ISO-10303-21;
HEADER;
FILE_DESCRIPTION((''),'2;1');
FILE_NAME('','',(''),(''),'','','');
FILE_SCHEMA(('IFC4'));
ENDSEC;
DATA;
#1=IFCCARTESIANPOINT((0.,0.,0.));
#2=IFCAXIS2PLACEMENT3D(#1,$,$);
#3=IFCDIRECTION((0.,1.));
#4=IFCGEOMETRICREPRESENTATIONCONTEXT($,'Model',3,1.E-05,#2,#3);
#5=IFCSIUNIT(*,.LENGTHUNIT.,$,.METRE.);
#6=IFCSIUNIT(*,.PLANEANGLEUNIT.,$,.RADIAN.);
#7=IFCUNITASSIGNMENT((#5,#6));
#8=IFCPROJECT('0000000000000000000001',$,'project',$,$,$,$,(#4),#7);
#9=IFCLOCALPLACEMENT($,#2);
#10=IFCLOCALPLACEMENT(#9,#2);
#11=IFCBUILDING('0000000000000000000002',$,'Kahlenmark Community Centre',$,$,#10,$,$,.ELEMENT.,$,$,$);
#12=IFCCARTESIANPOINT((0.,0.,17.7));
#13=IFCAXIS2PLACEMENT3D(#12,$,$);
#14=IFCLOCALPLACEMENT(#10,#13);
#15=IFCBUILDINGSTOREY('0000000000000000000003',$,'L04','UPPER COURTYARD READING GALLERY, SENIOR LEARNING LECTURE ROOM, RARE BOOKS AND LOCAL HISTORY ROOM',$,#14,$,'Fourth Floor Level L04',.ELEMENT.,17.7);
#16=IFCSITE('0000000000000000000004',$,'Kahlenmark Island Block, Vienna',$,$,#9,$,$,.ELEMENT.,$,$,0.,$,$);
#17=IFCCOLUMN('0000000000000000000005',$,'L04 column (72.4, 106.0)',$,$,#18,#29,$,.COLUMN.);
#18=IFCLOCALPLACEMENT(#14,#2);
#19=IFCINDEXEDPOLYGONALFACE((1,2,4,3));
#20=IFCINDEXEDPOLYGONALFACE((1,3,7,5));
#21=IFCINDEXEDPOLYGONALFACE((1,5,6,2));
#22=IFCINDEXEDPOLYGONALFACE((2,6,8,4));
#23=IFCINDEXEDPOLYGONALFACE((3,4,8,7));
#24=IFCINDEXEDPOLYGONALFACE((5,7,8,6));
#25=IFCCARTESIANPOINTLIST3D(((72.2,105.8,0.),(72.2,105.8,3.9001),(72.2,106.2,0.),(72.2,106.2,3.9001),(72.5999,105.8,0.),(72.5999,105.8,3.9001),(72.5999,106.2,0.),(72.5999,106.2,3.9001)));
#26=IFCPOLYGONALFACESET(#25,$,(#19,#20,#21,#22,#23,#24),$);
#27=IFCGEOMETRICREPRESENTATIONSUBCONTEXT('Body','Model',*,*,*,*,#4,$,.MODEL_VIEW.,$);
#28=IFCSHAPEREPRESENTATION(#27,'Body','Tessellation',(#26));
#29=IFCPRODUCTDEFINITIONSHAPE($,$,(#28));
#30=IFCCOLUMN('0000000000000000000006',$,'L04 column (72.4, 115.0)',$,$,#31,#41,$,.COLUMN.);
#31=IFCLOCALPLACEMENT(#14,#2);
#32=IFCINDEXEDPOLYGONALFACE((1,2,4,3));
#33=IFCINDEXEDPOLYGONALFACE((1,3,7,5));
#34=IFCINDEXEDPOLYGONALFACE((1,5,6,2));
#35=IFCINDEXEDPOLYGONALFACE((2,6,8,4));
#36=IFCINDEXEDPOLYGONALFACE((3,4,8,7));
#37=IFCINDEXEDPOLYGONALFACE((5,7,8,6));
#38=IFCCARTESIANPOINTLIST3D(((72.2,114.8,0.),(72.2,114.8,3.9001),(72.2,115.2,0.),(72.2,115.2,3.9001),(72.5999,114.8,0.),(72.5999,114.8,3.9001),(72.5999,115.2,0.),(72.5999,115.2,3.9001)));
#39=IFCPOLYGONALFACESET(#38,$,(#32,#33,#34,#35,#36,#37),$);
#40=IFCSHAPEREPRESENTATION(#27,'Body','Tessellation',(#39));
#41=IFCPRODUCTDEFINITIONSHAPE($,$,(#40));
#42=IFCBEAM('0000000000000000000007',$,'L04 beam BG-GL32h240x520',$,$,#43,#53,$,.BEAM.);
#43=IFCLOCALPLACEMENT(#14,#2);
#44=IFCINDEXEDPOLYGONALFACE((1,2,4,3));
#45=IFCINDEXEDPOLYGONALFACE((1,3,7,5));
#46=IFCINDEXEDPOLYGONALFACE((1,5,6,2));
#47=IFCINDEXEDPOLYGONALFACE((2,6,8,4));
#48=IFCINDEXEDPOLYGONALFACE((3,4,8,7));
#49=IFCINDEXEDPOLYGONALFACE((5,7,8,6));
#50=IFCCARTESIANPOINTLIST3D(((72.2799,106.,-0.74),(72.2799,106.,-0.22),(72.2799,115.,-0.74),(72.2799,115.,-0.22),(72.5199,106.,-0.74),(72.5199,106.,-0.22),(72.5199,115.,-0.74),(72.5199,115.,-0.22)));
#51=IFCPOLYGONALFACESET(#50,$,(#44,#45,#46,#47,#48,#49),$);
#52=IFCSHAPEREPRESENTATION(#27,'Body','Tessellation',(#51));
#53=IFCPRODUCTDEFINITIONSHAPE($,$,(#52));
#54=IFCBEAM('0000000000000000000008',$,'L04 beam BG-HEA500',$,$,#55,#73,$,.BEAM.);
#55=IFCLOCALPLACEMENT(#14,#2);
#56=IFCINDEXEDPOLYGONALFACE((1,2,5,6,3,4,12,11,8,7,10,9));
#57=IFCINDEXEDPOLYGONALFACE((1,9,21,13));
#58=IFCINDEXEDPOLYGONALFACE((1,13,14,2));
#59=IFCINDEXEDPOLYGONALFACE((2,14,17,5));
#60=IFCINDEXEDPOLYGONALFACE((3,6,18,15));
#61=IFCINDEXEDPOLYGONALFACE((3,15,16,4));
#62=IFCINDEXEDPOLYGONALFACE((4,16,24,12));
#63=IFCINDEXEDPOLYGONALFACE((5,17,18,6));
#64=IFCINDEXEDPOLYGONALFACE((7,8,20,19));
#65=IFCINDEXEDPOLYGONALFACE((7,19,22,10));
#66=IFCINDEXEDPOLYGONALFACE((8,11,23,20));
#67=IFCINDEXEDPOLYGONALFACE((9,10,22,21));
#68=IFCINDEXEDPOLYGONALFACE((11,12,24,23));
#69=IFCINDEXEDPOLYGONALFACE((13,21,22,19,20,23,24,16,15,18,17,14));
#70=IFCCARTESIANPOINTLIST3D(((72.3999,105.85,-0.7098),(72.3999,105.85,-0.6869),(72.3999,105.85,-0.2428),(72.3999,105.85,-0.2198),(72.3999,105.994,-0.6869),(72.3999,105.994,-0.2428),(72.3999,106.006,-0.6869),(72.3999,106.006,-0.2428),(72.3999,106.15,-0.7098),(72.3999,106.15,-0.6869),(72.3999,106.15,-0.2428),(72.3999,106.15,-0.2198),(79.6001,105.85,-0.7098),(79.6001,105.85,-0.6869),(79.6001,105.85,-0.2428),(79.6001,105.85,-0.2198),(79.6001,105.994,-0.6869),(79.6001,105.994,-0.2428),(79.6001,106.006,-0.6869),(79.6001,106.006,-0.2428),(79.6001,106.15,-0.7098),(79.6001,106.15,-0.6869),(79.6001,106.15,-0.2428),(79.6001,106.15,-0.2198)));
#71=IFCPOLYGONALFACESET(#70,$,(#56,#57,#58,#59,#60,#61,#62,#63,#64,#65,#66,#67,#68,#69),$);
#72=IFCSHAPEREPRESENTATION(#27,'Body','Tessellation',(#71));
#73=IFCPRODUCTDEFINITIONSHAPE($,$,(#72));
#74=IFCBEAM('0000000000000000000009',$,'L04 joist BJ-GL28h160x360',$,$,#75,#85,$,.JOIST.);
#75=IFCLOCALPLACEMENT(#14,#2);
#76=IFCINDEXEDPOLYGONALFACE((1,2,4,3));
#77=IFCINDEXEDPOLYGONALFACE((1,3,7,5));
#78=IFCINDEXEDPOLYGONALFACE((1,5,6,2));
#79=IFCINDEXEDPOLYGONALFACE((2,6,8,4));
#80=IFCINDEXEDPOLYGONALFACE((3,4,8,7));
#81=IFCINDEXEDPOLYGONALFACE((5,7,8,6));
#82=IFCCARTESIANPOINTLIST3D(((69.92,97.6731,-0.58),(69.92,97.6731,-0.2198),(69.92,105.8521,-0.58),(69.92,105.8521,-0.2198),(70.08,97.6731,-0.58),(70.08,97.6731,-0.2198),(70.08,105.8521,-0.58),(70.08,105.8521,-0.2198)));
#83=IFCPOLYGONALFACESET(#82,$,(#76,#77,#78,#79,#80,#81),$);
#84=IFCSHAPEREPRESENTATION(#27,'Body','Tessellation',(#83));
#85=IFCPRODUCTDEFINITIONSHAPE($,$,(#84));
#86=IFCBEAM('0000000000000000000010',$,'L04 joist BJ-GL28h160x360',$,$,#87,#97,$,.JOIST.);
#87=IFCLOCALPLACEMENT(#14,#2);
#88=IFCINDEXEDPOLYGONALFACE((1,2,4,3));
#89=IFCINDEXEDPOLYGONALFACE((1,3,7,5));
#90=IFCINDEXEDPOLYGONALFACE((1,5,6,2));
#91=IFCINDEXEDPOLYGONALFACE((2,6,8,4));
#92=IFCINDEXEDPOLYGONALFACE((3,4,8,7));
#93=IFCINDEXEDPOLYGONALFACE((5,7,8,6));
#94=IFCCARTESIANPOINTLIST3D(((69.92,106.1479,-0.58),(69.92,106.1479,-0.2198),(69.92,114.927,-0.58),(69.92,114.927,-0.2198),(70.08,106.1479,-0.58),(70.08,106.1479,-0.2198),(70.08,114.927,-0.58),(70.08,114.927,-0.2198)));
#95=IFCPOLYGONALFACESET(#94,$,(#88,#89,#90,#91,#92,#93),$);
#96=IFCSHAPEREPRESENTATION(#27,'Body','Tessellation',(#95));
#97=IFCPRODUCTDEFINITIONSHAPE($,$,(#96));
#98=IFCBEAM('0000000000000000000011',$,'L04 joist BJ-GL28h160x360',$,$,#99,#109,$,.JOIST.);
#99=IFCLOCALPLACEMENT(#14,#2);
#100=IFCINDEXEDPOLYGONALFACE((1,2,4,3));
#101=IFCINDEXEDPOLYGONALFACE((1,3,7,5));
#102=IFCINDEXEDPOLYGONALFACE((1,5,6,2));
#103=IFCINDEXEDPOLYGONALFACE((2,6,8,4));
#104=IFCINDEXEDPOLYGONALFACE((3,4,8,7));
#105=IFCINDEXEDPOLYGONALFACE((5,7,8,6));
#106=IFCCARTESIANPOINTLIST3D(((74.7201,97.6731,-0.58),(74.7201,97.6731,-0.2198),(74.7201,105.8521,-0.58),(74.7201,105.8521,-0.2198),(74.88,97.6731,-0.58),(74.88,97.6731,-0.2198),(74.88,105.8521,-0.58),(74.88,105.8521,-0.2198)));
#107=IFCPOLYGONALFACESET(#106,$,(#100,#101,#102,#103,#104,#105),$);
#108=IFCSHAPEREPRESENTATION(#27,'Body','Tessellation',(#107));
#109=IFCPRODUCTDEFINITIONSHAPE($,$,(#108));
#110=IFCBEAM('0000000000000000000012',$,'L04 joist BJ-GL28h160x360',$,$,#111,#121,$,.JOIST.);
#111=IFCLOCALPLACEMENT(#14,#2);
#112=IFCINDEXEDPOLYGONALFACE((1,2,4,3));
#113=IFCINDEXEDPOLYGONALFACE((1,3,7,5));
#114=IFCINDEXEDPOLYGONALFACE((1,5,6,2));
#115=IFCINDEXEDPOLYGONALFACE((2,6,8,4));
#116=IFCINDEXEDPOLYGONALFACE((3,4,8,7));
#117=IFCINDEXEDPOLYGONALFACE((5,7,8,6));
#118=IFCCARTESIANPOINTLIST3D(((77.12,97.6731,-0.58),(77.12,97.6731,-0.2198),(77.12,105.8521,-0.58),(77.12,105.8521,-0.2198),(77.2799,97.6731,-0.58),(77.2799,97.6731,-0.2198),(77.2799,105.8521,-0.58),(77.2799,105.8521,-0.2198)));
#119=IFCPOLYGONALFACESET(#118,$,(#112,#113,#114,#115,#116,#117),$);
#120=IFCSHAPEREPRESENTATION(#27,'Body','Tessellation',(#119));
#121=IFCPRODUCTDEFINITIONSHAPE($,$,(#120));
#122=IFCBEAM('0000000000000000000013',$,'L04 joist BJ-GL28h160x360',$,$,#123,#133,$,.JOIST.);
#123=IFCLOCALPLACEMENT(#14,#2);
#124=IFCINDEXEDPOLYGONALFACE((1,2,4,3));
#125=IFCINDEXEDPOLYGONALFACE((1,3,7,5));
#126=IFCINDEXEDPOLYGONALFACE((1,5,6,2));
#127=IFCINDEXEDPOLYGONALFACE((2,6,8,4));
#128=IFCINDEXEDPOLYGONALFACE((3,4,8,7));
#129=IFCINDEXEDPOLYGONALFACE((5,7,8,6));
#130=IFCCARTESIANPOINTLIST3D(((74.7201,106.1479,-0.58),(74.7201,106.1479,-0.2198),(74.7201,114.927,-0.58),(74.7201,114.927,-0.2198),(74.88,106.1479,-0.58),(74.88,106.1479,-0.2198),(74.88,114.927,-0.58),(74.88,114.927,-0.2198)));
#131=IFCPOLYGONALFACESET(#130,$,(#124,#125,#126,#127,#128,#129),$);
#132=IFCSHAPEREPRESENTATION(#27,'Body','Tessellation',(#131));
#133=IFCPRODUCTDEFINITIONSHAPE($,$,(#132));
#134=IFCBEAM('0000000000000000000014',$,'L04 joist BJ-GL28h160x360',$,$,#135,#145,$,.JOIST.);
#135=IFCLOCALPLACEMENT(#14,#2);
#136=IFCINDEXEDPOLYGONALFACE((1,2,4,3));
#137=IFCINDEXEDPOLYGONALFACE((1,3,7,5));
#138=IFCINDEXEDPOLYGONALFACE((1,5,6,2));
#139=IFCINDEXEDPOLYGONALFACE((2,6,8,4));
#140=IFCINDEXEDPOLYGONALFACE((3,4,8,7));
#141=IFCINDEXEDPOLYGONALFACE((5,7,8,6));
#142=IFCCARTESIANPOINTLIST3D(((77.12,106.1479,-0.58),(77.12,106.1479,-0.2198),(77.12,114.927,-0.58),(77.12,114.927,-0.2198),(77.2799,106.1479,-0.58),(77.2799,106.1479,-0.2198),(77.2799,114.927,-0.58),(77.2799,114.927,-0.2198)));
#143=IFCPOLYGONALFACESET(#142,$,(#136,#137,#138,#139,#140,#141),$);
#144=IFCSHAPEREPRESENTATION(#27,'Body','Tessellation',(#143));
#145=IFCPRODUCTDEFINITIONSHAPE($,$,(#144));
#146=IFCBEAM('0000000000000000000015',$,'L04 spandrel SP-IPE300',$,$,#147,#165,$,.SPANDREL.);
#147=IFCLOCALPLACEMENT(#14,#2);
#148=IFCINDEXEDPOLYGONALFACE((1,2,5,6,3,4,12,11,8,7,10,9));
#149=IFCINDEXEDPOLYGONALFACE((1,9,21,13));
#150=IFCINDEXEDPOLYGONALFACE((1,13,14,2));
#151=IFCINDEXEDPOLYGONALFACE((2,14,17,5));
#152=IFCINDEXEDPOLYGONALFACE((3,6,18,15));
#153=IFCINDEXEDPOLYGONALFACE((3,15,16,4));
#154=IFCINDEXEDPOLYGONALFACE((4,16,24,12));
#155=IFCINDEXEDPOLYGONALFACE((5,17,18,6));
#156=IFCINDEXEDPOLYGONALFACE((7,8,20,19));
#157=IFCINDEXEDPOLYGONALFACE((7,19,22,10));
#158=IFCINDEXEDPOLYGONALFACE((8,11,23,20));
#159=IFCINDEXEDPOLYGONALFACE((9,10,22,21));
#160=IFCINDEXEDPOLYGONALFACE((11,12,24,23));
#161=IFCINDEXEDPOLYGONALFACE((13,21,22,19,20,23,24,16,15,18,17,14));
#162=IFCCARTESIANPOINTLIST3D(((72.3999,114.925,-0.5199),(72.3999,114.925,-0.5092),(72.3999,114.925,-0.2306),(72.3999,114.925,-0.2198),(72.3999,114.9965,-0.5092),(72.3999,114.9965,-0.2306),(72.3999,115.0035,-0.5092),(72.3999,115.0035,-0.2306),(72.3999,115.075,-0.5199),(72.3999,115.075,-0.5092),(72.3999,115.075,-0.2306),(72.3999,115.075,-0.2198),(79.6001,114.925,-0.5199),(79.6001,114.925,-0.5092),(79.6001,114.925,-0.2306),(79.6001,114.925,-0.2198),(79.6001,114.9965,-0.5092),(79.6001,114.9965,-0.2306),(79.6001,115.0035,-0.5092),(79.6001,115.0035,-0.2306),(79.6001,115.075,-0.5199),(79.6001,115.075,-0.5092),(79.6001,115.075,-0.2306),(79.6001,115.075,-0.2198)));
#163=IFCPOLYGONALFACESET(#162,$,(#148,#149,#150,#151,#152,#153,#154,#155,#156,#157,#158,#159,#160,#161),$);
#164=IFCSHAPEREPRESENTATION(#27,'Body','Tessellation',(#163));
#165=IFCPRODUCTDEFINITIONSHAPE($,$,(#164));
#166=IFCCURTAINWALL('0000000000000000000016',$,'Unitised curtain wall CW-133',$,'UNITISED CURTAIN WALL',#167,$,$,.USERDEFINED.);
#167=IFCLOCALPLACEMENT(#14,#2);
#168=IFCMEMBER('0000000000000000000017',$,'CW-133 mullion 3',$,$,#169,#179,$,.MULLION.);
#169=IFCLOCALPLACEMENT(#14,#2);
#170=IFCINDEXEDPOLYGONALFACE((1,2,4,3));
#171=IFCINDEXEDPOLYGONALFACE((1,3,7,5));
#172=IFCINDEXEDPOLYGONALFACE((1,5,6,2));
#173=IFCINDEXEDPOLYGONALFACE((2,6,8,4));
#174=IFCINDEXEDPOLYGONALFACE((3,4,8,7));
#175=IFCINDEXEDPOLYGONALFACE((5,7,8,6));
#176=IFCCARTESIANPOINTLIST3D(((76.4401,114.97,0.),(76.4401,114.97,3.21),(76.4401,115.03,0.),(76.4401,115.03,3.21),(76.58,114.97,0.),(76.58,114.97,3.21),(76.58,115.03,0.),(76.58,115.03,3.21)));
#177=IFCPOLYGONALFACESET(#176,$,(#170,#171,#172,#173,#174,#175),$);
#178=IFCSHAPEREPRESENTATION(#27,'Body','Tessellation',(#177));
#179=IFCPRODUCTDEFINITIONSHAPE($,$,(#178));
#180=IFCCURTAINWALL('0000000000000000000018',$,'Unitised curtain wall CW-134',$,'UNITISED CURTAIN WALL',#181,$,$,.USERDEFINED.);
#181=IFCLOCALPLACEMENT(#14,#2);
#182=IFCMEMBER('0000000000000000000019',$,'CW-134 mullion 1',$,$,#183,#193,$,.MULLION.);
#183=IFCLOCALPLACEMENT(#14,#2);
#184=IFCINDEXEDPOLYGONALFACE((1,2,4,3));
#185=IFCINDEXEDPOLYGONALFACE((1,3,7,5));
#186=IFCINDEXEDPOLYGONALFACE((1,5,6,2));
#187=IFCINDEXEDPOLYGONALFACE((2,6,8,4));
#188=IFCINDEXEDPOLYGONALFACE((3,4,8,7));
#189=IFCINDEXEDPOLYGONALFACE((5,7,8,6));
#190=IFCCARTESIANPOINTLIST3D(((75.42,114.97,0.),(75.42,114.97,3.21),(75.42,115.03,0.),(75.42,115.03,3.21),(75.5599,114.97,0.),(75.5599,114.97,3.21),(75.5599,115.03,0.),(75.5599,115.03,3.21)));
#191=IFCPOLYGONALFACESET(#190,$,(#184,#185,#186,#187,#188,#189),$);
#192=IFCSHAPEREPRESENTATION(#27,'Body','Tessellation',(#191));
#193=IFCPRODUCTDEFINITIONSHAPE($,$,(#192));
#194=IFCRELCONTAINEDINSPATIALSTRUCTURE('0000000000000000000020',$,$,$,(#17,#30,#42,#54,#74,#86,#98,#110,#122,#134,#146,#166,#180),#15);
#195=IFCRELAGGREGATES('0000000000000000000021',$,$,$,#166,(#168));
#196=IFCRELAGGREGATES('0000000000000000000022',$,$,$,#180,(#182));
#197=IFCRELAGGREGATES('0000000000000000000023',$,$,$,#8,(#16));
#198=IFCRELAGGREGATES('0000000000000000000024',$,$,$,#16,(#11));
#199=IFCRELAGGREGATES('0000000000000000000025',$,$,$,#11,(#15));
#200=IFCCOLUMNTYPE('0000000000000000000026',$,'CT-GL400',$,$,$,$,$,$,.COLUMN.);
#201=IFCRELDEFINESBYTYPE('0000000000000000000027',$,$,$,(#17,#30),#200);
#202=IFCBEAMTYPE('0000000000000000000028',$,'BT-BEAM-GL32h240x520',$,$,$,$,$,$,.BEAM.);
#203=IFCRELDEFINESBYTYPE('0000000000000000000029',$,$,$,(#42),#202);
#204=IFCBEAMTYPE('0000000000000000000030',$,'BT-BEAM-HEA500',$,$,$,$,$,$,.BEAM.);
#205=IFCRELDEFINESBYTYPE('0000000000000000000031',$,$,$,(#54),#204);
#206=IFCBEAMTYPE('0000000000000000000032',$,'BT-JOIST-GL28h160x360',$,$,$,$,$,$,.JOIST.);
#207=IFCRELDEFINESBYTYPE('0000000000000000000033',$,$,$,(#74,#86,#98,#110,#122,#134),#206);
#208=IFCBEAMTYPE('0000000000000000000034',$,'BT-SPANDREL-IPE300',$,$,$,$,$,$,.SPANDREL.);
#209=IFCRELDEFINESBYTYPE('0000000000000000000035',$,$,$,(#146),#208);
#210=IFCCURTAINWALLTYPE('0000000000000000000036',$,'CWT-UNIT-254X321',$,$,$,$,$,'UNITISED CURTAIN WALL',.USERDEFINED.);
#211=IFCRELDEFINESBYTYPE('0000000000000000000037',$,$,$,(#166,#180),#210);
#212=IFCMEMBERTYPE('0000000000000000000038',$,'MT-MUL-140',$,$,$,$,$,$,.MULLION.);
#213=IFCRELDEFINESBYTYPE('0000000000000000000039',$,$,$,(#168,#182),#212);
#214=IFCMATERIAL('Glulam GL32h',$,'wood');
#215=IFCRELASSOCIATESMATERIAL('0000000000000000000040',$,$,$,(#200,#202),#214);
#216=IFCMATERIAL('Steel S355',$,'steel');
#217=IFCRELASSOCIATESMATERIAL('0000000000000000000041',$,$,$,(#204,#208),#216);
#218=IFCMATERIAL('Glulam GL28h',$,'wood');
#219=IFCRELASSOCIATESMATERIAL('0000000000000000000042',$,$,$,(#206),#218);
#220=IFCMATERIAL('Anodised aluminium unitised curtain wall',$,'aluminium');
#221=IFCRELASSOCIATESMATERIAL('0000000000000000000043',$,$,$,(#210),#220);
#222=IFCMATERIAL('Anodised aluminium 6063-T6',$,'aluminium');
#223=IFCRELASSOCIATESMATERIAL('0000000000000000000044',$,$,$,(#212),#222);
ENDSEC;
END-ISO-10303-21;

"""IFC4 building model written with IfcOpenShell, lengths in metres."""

from ifc_helpers import new_model, si_unit, direction, frame, origin, origin_2d, place, context, subcontext, project, spatial, rectangle, i_section, extrude, material, material_profile, profile_set, type_object, element, aggregate, save


model = new_model("IFC4")

# Units and contexts
model_context = context("Model", 3, precision=1e-05, world=origin(), true_north=direction((0.0, 1.0)))
body_context = subcontext(model_context, "Body", "Model", "MODEL_VIEW")
ifc_project = project(units=[si_unit("LENGTHUNIT", "METRE"), si_unit("PLANEANGLEUNIT", "RADIAN")], contexts=[model_context])

# Site, building, storey
site_placement = place(None, origin())
site = spatial("IfcSite", under=ifc_project, at=site_placement, Name="Kahlenmark Island Block, Vienna", CompositionType="ELEMENT", RefElevation=0.0)
building_placement = place(site_placement, origin())
building = spatial("IfcBuilding", under=site, at=building_placement, Name="Kahlenmark Community Centre", CompositionType="ELEMENT")
storey_placement = place(building_placement, frame((0.0, 0.0, 17.7)))
storey = spatial("IfcBuildingStorey", under=building, at=storey_placement, Name="L04", Description="UPPER COURTYARD READING GALLERY, SENIOR LEARNING LECTURE ROOM, RARE BOOKS AND LOCAL HISTORY ROOM", LongName="Fourth Floor Level L04", CompositionType="ELEMENT", Elevation=17.7)

# Columns
ifc_material_1 = material(Name="Glulam GL32h", Category="wood")
ifc_material_profile_1 = material_profile(ifc_material_1, rectangle(XDim=0.3999, YDim=0.3999, at=origin_2d()), Name="GL32h 400x400")
ifc_profile_set_1 = profile_set([ifc_material_profile_1], Name="Glulam GL32h")
column_type = type_object("IfcColumnType", Name="CT-GL400", PredefinedType="COLUMN", material=ifc_profile_set_1)
for number, where, z_axis, x_axis, name in (
    (1, (72.3999, 106.0, 0.0), (0.0, 0.0, 1.0), (1.0, 0.0, 0.0), "L04 column (72.4, 106.0)"),
    (2, (72.3999, 115.0, 0.0), (0.0, 0.0, 1.0), (1.0, 0.0, 0.0), "L04 column (72.4, 115.0)"),
):
    element("IfcColumn", number, at=place(storey_placement, frame(where, z_axis=z_axis, x_axis=x_axis)), inside=storey, type_object=column_type, Name=name, PredefinedType="COLUMN", context=body_context, shape_type="SweptSolid", body=[
        extrude(rectangle(XDim=0.3999, YDim=0.3999, at=origin_2d()), origin(), (0.0, 0.0, 1.0), 3.9001),
    ])

# Beams
ifc_material_profile_2 = material_profile(ifc_material_1, rectangle(XDim=0.24, YDim=0.52, at=origin_2d()), Name="GL32h 240x520")
ifc_profile_set_2 = profile_set([ifc_material_profile_2], Name="Glulam GL32h")
beam_type_1 = type_object("IfcBeamType", Name="BT-BEAM-GL32h240x520", PredefinedType="BEAM", material=ifc_profile_set_2)
beam_1_placement = place(storey_placement, frame((72.3999, 106.0, -0.48), z_axis=(0.0, 1.0, 0.0), x_axis=(-1.0, 0.0, 0.0)))
element("IfcBeam", 3, at=beam_1_placement, inside=storey, type_object=beam_type_1, Name="L04 beam BG-GL32h240x520", PredefinedType="BEAM", context=body_context, shape_type="SweptSolid", body=[
    extrude(rectangle(XDim=0.24, YDim=0.52, at=origin_2d()), origin(), (0.0, 0.0, 1.0), 9.0),
])
ifc_material_2 = material(Name="Steel S355", Category="steel")
ifc_material_profile_3 = material_profile(ifc_material_2, i_section(OverallWidth=0.3, OverallDepth=0.49, WebThickness=0.012, FlangeThickness=0.0229, at=origin_2d()), Name="HEA 500")
ifc_profile_set_3 = profile_set([ifc_material_profile_3], Name="Steel S355")
beam_type_2 = type_object("IfcBeamType", Name="BT-BEAM-HEA500", PredefinedType="BEAM", material=ifc_profile_set_3)
beam_2_placement = place(storey_placement, frame((72.3999, 106.0, -0.4648), z_axis=(1.0, 0.0, 0.0), x_axis=(0.0, 1.0, 0.0)))
element("IfcBeam", 4, at=beam_2_placement, inside=storey, type_object=beam_type_2, Name="L04 beam BG-HEA500", PredefinedType="BEAM", context=body_context, shape_type="SweptSolid", body=[
    extrude(i_section(OverallWidth=0.3, OverallDepth=0.49, WebThickness=0.012, FlangeThickness=0.0229, at=origin_2d()), origin(), (0.0, 0.0, 1.0), 7.2002),
])
ifc_material_3 = material(Name="Glulam GL28h", Category="wood")
ifc_material_profile_4 = material_profile(ifc_material_3, rectangle(XDim=0.1599, YDim=0.3601, at=origin_2d()), Name="GL28h 160x360")
ifc_profile_set_4 = profile_set([ifc_material_profile_4], Name="Glulam GL28h")
beam_type_3 = type_object("IfcBeamType", Name="BT-JOIST-GL28h160x360", PredefinedType="JOIST", material=ifc_profile_set_4)
beam_3_placement = place(storey_placement, frame((70.0, 97.6731, -0.3999), z_axis=(0.0, 1.0, 0.0), x_axis=(-1.0, 0.0, 0.0)))
element("IfcBeam", 5, at=beam_3_placement, inside=storey, type_object=beam_type_3, Name="L04 joist BJ-GL28h160x360", PredefinedType="JOIST", context=body_context, shape_type="SweptSolid", body=[
    extrude(rectangle(XDim=0.1599, YDim=0.3601, at=origin_2d()), origin(), (0.0, 0.0, 1.0), 8.179),
])
beam_4_placement = place(storey_placement, frame((70.0, 106.1479, -0.3999), z_axis=(0.0, 1.0, 0.0), x_axis=(-1.0, 0.0, 0.0)))
element("IfcBeam", 6, at=beam_4_placement, inside=storey, type_object=beam_type_3, Name="L04 joist BJ-GL28h160x360", PredefinedType="JOIST", context=body_context, shape_type="SweptSolid", body=[
    extrude(rectangle(XDim=0.1599, YDim=0.3601, at=origin_2d()), origin(), (0.0, 0.0, 1.0), 8.7791),
])
for number, where, z_axis, x_axis, name in (
    (7, (74.8, 97.6731, -0.3999), (0.0, 1.0, 0.0), (-1.0, 0.0, 0.0), "L04 joist BJ-GL28h160x360"),
    (8, (77.2, 97.6731, -0.3999), (0.0, 1.0, 0.0), (-1.0, 0.0, 0.0), "L04 joist BJ-GL28h160x360"),
):
    element("IfcBeam", number, at=place(storey_placement, frame(where, z_axis=z_axis, x_axis=x_axis)), inside=storey, type_object=beam_type_3, Name=name, PredefinedType="JOIST", context=body_context, shape_type="SweptSolid", body=[
        extrude(rectangle(XDim=0.1599, YDim=0.3601, at=origin_2d()), origin(), (0.0, 0.0, 1.0), 8.179),
    ])
for number, where, z_axis, x_axis, name in (
    (9, (74.8, 106.1479, -0.3999), (0.0, 1.0, 0.0), (-1.0, 0.0, 0.0), "L04 joist BJ-GL28h160x360"),
    (10, (77.2, 106.1479, -0.3999), (0.0, 1.0, 0.0), (-1.0, 0.0, 0.0), "L04 joist BJ-GL28h160x360"),
):
    element("IfcBeam", number, at=place(storey_placement, frame(where, z_axis=z_axis, x_axis=x_axis)), inside=storey, type_object=beam_type_3, Name=name, PredefinedType="JOIST", context=body_context, shape_type="SweptSolid", body=[
        extrude(rectangle(XDim=0.1599, YDim=0.3601, at=origin_2d()), origin(), (0.0, 0.0, 1.0), 8.7791),
    ])
ifc_material_profile_5 = material_profile(ifc_material_2, i_section(OverallWidth=0.1499, OverallDepth=0.3, WebThickness=0.0071, FlangeThickness=0.0107, at=origin_2d()), Name="IPE 300")
ifc_profile_set_5 = profile_set([ifc_material_profile_5], Name="Steel S355")
beam_type_4 = type_object("IfcBeamType", Name="BT-SPANDREL-IPE300", PredefinedType="SPANDREL", material=ifc_profile_set_5)
beam_5_placement = place(storey_placement, frame((72.3999, 115.0, -0.3699), z_axis=(1.0, 0.0, 0.0), x_axis=(0.0, 1.0, 0.0)))
element("IfcBeam", 11, at=beam_5_placement, inside=storey, type_object=beam_type_4, Name="L04 spandrel SP-IPE300", PredefinedType="SPANDREL", context=body_context, shape_type="SweptSolid", body=[
    extrude(i_section(OverallWidth=0.1499, OverallDepth=0.3, WebThickness=0.0071, FlangeThickness=0.0107, at=origin_2d()), origin(), (0.0, 0.0, 1.0), 7.2002),
])

# Curtain wall, member
ifc_material_4 = material(Name="Anodised aluminium unitised curtain wall", Category="aluminium")
curtain_wall_type = type_object("IfcCurtainWallType", Name="CWT-UNIT-254X321", ElementType="UNITISED CURTAIN WALL", PredefinedType="USERDEFINED", material=ifc_material_4)
curtain_wall_1_placement = place(storey_placement, origin())
curtain_wall_1 = element("IfcCurtainWall", 12, at=curtain_wall_1_placement, inside=storey, type_object=curtain_wall_type, Name="Unitised curtain wall CW-133", ObjectType="UNITISED CURTAIN WALL", PredefinedType="USERDEFINED")
ifc_material_5 = material(Name="Anodised aluminium 6063-T6", Category="aluminium")
ifc_material_profile_6 = material_profile(ifc_material_5, rectangle(XDim=0.0601, YDim=0.1399, at=origin_2d()), Name="ALU MULLION 60x140")
ifc_profile_set_6 = profile_set([ifc_material_profile_6], Name="Anodised aluminium 6063-T6")
member_type_1 = type_object("IfcMemberType", Name="MT-MUL-140", PredefinedType="MULLION", material=ifc_profile_set_6)
member_1_placement = place(storey_placement, frame((76.51, 115.0, 0.0), z_axis=(0.0, 0.0, 1.0), x_axis=(0.0, -1.0, 0.0)))
member_1 = element("IfcMember", 13, at=member_1_placement, type_object=member_type_1, Name="CW-133 mullion 3", PredefinedType="MULLION", context=body_context, shape_type="SweptSolid", body=[
    extrude(rectangle(XDim=0.0601, YDim=0.1399, at=origin_2d()), origin(), (0.0, 0.0, 1.0), 3.21),
])

# Curtain wall, member
curtain_wall_2_placement = place(storey_placement, origin())
curtain_wall_2 = element("IfcCurtainWall", 14, at=curtain_wall_2_placement, inside=storey, type_object=curtain_wall_type, Name="Unitised curtain wall CW-134", ObjectType="UNITISED CURTAIN WALL", PredefinedType="USERDEFINED")
member_2_placement = place(storey_placement, frame((75.49, 115.0, 0.0), z_axis=(0.0, 0.0, 1.0), x_axis=(0.0, -1.0, 0.0)))
member_2 = element("IfcMember", 15, at=member_2_placement, type_object=member_type_1, Name="CW-134 mullion 1", PredefinedType="MULLION", context=body_context, shape_type="SweptSolid", body=[
    extrude(rectangle(XDim=0.0601, YDim=0.1399, at=origin_2d()), origin(), (0.0, 0.0, 1.0), 3.21),
])

aggregate(curtain_wall_1, [member_1])
aggregate(curtain_wall_2, [member_2])

save(model, "model.ifc")
